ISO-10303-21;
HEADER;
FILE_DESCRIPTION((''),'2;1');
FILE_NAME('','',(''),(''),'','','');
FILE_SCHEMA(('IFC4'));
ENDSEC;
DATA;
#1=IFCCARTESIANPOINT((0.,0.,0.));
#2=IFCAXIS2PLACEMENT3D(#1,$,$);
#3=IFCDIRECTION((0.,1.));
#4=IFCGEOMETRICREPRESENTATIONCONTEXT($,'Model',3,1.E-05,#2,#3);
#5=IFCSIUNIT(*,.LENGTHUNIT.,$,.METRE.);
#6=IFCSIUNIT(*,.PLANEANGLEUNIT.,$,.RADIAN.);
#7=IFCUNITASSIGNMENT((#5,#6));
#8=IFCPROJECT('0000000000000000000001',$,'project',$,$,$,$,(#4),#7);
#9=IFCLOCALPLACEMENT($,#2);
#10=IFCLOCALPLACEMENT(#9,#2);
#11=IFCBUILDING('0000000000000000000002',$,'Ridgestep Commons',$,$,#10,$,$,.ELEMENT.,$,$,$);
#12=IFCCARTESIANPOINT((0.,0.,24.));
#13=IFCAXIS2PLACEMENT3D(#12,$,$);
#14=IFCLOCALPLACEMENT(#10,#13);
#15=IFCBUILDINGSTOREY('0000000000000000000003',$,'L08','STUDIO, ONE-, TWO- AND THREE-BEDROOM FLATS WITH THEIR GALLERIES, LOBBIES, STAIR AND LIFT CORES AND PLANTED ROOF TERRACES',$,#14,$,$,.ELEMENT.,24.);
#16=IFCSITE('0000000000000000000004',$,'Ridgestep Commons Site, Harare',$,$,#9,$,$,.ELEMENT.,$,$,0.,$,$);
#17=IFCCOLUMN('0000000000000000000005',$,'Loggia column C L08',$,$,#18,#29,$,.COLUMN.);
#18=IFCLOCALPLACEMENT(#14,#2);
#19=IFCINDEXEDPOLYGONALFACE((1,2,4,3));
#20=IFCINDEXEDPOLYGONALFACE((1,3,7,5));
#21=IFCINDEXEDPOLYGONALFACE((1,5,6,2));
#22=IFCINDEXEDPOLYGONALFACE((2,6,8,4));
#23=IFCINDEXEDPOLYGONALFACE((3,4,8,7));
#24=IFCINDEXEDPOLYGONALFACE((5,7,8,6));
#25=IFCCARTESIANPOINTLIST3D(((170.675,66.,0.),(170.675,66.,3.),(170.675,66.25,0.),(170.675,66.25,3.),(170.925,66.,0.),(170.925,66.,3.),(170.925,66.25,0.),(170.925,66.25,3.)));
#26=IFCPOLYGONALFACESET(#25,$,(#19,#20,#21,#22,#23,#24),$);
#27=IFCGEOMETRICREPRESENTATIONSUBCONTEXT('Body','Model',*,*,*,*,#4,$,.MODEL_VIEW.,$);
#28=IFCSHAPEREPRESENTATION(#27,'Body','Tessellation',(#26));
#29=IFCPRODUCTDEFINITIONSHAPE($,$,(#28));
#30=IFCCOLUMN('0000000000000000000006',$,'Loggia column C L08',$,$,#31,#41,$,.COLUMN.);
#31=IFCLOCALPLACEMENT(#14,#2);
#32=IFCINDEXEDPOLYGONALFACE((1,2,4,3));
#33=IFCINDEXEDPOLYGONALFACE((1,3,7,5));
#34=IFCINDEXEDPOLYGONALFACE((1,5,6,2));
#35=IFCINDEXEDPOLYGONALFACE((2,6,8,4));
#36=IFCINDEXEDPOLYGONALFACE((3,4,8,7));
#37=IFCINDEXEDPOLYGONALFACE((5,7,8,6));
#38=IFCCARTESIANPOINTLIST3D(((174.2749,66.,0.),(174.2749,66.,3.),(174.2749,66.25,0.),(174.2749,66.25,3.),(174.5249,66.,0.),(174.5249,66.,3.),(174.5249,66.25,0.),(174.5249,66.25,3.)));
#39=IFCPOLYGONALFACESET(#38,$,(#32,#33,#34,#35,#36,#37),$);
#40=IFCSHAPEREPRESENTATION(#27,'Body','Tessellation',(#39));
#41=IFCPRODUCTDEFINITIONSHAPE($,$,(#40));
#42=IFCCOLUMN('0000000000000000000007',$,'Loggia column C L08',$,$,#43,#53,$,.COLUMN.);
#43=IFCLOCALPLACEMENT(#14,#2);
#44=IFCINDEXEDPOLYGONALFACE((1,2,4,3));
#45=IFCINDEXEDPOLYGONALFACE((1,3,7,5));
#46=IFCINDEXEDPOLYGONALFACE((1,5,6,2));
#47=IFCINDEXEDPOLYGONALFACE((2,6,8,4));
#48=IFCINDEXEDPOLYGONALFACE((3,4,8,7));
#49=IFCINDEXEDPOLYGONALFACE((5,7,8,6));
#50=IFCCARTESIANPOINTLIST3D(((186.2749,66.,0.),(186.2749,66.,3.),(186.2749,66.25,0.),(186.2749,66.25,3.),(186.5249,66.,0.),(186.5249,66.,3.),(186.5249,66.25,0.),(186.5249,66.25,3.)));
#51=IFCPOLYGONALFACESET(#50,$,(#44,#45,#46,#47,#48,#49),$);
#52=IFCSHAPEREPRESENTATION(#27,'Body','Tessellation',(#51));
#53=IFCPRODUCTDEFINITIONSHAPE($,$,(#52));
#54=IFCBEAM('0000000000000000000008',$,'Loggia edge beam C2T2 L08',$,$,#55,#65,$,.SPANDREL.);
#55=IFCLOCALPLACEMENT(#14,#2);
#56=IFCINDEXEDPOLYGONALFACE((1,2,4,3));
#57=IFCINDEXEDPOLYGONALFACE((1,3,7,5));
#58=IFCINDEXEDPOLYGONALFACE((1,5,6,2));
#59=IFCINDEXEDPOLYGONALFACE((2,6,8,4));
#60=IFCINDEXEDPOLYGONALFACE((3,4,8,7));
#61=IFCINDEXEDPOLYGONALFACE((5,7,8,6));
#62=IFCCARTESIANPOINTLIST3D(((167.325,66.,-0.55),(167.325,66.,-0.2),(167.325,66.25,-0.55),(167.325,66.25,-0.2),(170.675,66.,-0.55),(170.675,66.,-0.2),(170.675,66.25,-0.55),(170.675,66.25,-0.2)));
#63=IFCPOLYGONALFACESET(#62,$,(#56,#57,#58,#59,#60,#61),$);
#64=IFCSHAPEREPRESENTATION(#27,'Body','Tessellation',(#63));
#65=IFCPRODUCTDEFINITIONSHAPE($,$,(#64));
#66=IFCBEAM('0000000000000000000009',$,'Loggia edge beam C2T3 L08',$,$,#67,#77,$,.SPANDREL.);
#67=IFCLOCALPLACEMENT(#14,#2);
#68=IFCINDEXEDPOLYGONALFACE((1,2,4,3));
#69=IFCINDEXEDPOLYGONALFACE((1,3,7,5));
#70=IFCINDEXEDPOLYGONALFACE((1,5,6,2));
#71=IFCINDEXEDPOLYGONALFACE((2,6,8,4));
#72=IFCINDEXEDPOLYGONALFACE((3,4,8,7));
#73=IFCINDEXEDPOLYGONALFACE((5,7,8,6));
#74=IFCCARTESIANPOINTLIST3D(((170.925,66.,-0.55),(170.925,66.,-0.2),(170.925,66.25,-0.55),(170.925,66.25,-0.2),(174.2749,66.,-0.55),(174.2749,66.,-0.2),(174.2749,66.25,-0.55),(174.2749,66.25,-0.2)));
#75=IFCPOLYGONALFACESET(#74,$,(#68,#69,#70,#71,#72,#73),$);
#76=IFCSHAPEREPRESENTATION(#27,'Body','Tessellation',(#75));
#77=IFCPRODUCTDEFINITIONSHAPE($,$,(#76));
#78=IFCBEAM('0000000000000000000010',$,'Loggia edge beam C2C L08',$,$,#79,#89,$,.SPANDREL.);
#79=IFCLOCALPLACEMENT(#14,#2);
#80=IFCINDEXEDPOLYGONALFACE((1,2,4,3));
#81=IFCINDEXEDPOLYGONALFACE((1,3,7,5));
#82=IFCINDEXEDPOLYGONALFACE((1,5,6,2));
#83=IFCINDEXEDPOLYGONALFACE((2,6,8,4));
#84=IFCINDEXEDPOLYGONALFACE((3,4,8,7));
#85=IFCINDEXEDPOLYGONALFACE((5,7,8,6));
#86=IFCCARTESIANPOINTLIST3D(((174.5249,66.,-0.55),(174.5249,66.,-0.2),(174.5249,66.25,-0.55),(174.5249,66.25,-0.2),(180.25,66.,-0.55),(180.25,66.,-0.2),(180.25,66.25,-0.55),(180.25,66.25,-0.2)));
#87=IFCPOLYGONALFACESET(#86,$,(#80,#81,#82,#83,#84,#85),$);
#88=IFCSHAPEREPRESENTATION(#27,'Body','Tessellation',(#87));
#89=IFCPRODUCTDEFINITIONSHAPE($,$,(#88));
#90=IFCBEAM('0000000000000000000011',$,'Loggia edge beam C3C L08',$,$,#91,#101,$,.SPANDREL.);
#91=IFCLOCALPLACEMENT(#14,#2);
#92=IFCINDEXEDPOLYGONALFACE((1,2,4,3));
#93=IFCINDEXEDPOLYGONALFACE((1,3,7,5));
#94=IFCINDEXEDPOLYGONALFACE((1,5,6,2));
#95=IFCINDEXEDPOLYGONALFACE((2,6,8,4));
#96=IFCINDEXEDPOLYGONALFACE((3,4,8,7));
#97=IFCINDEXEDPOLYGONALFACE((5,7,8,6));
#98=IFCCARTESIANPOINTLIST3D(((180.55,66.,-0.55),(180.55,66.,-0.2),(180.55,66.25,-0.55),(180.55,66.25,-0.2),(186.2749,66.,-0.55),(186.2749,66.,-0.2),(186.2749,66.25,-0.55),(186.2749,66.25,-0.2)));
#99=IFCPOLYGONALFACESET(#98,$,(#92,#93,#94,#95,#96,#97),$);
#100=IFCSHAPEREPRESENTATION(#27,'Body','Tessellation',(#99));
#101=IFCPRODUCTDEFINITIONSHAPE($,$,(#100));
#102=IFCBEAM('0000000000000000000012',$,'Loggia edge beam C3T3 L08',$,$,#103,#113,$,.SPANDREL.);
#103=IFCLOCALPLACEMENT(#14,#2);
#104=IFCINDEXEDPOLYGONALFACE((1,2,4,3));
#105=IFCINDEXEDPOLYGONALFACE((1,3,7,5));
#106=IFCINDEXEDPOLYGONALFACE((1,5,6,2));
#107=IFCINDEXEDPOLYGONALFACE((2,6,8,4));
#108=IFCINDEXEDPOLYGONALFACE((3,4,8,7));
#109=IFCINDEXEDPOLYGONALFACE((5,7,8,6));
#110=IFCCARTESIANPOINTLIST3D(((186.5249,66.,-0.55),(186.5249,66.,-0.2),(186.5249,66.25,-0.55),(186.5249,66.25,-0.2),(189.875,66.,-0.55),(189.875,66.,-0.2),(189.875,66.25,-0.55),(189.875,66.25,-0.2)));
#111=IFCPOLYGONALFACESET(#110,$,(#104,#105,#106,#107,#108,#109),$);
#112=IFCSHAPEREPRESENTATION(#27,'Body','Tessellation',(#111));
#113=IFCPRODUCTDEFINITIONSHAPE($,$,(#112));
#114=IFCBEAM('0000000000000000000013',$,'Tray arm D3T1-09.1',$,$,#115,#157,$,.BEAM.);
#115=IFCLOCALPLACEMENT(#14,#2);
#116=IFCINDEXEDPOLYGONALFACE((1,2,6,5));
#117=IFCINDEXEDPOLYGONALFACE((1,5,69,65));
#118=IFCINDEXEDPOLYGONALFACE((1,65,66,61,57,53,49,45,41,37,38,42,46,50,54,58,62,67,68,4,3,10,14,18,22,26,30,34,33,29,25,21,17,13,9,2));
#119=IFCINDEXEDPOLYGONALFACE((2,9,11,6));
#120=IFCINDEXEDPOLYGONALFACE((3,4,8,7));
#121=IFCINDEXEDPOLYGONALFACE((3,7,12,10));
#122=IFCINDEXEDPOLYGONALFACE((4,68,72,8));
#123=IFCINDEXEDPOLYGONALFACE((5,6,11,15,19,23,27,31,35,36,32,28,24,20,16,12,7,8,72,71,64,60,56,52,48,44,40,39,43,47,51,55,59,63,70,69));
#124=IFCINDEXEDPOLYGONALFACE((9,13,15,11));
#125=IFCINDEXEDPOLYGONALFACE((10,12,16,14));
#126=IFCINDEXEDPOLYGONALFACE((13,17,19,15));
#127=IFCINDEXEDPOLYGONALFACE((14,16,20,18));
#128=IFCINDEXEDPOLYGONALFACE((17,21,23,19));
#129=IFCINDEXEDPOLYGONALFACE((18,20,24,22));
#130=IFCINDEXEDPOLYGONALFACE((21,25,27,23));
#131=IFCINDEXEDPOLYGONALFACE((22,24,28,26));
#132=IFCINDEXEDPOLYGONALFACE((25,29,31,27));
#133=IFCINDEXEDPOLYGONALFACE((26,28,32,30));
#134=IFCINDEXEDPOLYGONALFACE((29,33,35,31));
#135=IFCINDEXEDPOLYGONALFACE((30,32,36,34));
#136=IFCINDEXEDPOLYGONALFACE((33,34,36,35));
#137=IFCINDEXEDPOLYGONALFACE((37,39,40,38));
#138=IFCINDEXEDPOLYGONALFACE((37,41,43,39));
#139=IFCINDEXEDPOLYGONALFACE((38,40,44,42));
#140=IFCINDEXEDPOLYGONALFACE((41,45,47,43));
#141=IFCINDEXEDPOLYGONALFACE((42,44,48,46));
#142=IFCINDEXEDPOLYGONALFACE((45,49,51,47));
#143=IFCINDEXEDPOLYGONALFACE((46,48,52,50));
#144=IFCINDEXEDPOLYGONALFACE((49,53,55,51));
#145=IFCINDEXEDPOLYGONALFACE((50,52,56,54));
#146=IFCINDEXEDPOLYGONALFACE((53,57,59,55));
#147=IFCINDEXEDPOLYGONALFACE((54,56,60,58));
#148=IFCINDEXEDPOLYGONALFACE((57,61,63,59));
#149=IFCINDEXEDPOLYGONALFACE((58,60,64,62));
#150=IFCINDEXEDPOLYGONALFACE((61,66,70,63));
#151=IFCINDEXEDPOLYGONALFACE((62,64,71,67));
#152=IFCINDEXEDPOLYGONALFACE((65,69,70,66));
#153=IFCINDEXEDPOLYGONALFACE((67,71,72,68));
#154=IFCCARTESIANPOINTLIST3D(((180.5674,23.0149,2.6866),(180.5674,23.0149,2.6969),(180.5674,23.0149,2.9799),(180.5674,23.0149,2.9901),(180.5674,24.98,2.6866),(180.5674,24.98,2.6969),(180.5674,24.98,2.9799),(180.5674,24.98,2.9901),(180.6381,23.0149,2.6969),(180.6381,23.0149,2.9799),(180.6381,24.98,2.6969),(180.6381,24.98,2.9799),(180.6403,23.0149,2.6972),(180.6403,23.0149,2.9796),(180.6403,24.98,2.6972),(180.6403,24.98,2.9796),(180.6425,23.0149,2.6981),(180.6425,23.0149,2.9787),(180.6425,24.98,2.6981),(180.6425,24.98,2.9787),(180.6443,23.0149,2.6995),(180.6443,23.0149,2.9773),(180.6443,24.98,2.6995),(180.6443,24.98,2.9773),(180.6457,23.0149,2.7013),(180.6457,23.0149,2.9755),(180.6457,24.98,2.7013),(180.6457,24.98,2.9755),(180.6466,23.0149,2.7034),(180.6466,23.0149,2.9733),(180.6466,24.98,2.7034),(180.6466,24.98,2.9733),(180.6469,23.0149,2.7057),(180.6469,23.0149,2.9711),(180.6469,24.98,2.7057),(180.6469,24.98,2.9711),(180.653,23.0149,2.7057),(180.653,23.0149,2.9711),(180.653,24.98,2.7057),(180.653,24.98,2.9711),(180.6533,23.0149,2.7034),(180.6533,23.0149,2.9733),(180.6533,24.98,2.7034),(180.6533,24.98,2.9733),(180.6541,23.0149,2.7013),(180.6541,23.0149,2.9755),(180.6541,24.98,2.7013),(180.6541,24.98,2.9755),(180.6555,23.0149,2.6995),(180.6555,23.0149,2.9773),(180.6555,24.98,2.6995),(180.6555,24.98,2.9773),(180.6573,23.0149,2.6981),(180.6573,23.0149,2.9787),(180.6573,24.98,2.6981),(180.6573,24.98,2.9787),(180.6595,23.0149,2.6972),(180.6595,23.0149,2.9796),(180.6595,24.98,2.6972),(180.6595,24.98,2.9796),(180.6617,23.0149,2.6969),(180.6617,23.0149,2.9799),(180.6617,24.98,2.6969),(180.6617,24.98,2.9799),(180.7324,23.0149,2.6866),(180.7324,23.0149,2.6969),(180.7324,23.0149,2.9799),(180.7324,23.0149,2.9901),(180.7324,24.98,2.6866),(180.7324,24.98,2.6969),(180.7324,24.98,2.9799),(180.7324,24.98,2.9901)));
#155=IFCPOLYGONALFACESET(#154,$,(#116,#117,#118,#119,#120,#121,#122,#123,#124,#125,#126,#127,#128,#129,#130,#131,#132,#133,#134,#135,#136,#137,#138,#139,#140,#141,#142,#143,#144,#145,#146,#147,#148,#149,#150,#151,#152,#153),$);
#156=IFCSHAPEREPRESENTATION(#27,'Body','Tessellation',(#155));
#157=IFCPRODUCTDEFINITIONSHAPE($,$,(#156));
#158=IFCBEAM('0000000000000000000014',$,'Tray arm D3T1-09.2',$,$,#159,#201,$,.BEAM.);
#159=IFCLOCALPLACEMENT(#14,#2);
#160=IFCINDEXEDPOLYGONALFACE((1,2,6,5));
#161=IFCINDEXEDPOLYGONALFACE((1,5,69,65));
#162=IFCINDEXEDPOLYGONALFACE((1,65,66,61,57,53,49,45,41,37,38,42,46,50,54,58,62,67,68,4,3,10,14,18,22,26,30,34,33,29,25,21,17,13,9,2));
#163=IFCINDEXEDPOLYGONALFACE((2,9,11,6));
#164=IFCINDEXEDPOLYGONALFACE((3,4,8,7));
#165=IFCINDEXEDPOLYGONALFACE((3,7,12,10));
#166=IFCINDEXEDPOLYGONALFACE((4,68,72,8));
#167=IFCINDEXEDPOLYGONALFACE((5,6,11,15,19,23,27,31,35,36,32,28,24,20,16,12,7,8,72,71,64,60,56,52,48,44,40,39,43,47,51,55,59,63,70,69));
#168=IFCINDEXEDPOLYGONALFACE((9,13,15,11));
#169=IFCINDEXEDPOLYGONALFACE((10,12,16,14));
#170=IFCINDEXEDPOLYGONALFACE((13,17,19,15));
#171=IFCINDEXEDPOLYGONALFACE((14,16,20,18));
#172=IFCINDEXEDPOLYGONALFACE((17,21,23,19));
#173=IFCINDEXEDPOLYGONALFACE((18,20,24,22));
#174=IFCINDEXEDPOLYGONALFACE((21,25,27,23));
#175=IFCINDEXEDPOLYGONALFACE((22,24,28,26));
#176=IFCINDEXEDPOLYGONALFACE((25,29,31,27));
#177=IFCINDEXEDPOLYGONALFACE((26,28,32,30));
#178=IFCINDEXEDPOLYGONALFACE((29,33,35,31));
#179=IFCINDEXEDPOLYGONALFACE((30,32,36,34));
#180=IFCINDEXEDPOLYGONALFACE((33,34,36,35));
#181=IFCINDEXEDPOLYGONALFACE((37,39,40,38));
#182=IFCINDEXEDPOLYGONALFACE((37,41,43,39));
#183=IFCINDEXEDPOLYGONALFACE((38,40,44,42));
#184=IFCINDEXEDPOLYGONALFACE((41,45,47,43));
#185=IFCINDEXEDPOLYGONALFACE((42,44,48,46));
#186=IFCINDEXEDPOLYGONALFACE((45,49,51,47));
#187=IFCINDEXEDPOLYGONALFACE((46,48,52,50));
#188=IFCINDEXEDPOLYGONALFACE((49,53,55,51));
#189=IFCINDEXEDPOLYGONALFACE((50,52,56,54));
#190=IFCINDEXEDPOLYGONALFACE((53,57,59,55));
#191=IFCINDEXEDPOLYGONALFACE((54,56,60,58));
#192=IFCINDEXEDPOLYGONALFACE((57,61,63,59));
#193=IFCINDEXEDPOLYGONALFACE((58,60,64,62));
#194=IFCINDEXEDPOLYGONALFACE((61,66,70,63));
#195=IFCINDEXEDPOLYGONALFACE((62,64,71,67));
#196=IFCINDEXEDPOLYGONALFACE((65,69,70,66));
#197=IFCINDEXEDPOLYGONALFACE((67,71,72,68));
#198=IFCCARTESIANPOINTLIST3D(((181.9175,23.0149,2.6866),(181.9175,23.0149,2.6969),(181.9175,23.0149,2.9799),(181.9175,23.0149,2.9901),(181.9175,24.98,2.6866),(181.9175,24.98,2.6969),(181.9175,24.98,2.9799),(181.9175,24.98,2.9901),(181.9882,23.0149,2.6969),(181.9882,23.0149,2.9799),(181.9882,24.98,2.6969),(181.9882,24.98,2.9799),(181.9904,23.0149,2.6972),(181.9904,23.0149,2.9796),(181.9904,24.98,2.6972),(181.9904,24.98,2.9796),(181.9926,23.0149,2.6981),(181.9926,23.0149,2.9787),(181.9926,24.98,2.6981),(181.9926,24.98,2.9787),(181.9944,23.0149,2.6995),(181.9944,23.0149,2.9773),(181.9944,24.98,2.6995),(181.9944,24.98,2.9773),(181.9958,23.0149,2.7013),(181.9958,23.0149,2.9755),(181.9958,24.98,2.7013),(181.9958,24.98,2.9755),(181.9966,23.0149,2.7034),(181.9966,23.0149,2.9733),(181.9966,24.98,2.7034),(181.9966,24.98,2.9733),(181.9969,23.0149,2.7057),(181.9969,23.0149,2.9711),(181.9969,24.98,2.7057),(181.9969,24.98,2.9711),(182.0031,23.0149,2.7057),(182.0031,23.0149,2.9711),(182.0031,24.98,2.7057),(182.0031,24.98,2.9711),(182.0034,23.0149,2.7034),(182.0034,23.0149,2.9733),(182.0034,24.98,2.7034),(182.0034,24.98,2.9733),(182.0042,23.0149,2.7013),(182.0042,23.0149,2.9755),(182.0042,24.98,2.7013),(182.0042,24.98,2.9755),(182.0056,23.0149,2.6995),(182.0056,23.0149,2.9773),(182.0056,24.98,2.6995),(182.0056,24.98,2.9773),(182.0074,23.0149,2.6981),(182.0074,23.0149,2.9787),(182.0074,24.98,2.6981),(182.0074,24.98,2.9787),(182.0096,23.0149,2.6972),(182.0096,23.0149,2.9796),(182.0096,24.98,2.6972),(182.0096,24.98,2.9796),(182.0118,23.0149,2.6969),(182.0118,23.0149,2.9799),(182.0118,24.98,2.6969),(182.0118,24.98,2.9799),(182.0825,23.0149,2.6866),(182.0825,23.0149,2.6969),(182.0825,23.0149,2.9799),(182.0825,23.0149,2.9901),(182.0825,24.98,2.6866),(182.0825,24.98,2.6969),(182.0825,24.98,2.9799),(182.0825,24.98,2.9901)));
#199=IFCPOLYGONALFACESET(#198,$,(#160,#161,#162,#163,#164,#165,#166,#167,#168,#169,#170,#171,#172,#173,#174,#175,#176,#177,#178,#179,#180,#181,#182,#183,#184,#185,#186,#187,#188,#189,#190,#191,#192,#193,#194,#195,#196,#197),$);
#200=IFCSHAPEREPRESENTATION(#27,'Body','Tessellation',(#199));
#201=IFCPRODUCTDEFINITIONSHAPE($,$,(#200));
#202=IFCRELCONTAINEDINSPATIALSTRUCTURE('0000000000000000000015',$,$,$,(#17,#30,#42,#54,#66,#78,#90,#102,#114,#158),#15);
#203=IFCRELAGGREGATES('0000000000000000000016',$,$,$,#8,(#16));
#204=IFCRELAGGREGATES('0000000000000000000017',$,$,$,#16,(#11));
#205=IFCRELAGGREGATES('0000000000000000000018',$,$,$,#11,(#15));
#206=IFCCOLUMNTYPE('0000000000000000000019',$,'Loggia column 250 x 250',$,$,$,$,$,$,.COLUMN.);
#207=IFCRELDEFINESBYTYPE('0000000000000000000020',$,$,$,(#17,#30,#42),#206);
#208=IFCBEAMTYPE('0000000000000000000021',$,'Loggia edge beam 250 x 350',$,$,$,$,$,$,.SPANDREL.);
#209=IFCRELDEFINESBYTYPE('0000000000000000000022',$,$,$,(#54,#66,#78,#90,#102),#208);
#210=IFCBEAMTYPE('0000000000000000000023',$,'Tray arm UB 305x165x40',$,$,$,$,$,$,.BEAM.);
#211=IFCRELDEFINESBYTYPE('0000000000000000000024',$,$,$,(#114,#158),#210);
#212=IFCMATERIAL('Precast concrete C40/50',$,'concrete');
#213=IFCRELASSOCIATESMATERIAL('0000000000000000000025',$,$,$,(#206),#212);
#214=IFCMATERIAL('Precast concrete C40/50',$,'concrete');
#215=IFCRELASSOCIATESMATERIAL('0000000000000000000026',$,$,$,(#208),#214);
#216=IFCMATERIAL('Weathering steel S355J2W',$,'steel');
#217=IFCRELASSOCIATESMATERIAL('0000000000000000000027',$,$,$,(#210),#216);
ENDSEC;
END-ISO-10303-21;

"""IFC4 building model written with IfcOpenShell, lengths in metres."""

from ifc_helpers import new_model, si_unit, direction, frame, origin, origin_2d, place, context, subcontext, project, spatial, rectangle, i_section, extrude, material, material_profile, profile_set, type_object, element, save


model = new_model("IFC4")

# Units and contexts
model_context = context("Model", 3, precision=1e-05, world=origin(), true_north=direction((0.0, 1.0)))
body_context = subcontext(model_context, "Body", "Model", "MODEL_VIEW")
ifc_project = project(units=[si_unit("LENGTHUNIT", "METRE"), si_unit("PLANEANGLEUNIT", "RADIAN")], contexts=[model_context])

# Site, building, storey
site_placement = place(None, origin())
site = spatial("IfcSite", under=ifc_project, at=site_placement, Name="Ridgestep Commons Site, Harare", CompositionType="ELEMENT", RefElevation=0.0)
building_placement = place(site_placement, origin())
building = spatial("IfcBuilding", under=site, at=building_placement, Name="Ridgestep Commons", CompositionType="ELEMENT")
storey_placement = place(building_placement, frame((0.0, 0.0, 24.0)))
storey = spatial("IfcBuildingStorey", under=building, at=storey_placement, Name="L08", Description="STUDIO, ONE-, TWO- AND THREE-BEDROOM FLATS WITH THEIR GALLERIES, LOBBIES, STAIR AND LIFT CORES AND PLANTED ROOF TERRACES", CompositionType="ELEMENT", Elevation=24.0)

# Columns
ifc_material_1 = material(Name="Precast concrete C40/50", Category="concrete")
ifc_material_profile_1 = material_profile(ifc_material_1, rectangle(XDim=0.25, YDim=0.25, at=origin_2d()), Name="PC 250x250")
ifc_profile_set_1 = profile_set([ifc_material_profile_1], Name="Precast concrete C40/50")
column_type = type_object("IfcColumnType", Name="Loggia column 250 x 250", PredefinedType="COLUMN", material=ifc_profile_set_1)
for number, where, z_axis, x_axis, name in (
    (1, (170.8, 66.125, 0.0), (0.0, 0.0, 1.0), (1.0, 0.0, 0.0), "Loggia column C L08"),
    (2, (174.3999, 66.125, 0.0), (0.0, 0.0, 1.0), (1.0, 0.0, 0.0), "Loggia column C L08"),
    (3, (186.3999, 66.125, 0.0), (0.0, 0.0, 1.0), (1.0, 0.0, 0.0), "Loggia column C L08"),
):
    element("IfcColumn", number, at=place(storey_placement, frame(where, z_axis=z_axis, x_axis=x_axis)), inside=storey, type_object=column_type, Name=name, PredefinedType="COLUMN", context=body_context, shape_type="SweptSolid", body=[
        extrude(rectangle(XDim=0.25, YDim=0.25, at=origin_2d()), origin(), (0.0, 0.0, 1.0), 3.0),
    ])

# Beams
ifc_material_2 = material(Name="Precast concrete C40/50", Category="concrete")
ifc_material_profile_2 = material_profile(ifc_material_2, rectangle(XDim=0.25, YDim=0.3501, at=origin_2d()), Name="PC 250x350")
ifc_profile_set_2 = profile_set([ifc_material_profile_2], Name="Precast concrete C40/50")
beam_type_1 = type_object("IfcBeamType", Name="Loggia edge beam 250 x 350", PredefinedType="SPANDREL", material=ifc_profile_set_2)
beam_1_placement = place(storey_placement, frame((167.325, 66.125, -0.375), z_axis=(1.0, 0.0, 0.0), x_axis=(0.0, 1.0, 0.0)))
element("IfcBeam", 4, at=beam_1_placement, inside=storey, type_object=beam_type_1, Name="Loggia edge beam C2T2 L08", PredefinedType="SPANDREL", context=body_context, shape_type="SweptSolid", body=[
    extrude(rectangle(XDim=0.25, YDim=0.3501, at=origin_2d()), origin(), (0.0, 0.0, 1.0), 3.3501),
])
beam_2_placement = place(storey_placement, frame((170.925, 66.125, -0.375), z_axis=(1.0, 0.0, 0.0), x_axis=(0.0, 1.0, 0.0)))
element("IfcBeam", 5, at=beam_2_placement, inside=storey, type_object=beam_type_1, Name="Loggia edge beam C2T3 L08", PredefinedType="SPANDREL", context=body_context, shape_type="SweptSolid", body=[
    extrude(rectangle(XDim=0.25, YDim=0.3501, at=origin_2d()), origin(), (0.0, 0.0, 1.0), 3.3499),
])
beam_3_placement = place(storey_placement, frame((174.5249, 66.125, -0.375), z_axis=(1.0, 0.0, 0.0), x_axis=(0.0, 1.0, 0.0)))
element("IfcBeam", 6, at=beam_3_placement, inside=storey, type_object=beam_type_1, Name="Loggia edge beam C2C L08", PredefinedType="SPANDREL", context=body_context, shape_type="SweptSolid", body=[
    extrude(rectangle(XDim=0.25, YDim=0.3501, at=origin_2d()), origin(), (0.0, 0.0, 1.0), 5.7251),
])
beam_4_placement = place(storey_placement, frame((180.55, 66.125, -0.375), z_axis=(1.0, 0.0, 0.0), x_axis=(0.0, 1.0, 0.0)))
element("IfcBeam", 7, at=beam_4_placement, inside=storey, type_object=beam_type_1, Name="Loggia edge beam C3C L08", PredefinedType="SPANDREL", context=body_context, shape_type="SweptSolid", body=[
    extrude(rectangle(XDim=0.25, YDim=0.3501, at=origin_2d()), origin(), (0.0, 0.0, 1.0), 5.7249),
])
beam_5_placement = place(storey_placement, frame((186.5249, 66.125, -0.375), z_axis=(1.0, 0.0, 0.0), x_axis=(0.0, 1.0, 0.0)))
element("IfcBeam", 8, at=beam_5_placement, inside=storey, type_object=beam_type_1, Name="Loggia edge beam C3T3 L08", PredefinedType="SPANDREL", context=body_context, shape_type="SweptSolid", body=[
    extrude(rectangle(XDim=0.25, YDim=0.3501, at=origin_2d()), origin(), (0.0, 0.0, 1.0), 3.3501),
])
ifc_material_3 = material(Name="Weathering steel S355J2W", Category="steel")
ifc_material_profile_3 = material_profile(ifc_material_3, i_section(OverallWidth=0.165, OverallDepth=0.3035, WebThickness=0.0061, FlangeThickness=0.0103, FilletRadius=0.0088, at=origin_2d()), Name="UB 305x165x40")
ifc_profile_set_3 = profile_set([ifc_material_profile_3], Name="Weathering steel S355J2W")
beam_type_2 = type_object("IfcBeamType", Name="Tray arm UB 305x165x40", PredefinedType="BEAM", material=ifc_profile_set_3)
for number, where, z_axis, x_axis, name in (
    (9, (180.6499, 23.0149, 2.8384), (0.0, 1.0, 0.0), (-1.0, 0.0, 0.0), "Tray arm D3T1-09.1"),
    (10, (182.0, 23.0149, 2.8384), (0.0, 1.0, 0.0), (-1.0, 0.0, 0.0), "Tray arm D3T1-09.2"),
):
    element("IfcBeam", number, at=place(storey_placement, frame(where, z_axis=z_axis, x_axis=x_axis)), inside=storey, type_object=beam_type_2, Name=name, PredefinedType="BEAM", context=body_context, shape_type="SweptSolid", body=[
        extrude(i_section(OverallWidth=0.165, OverallDepth=0.3035, WebThickness=0.0061, FlangeThickness=0.0103, FilletRadius=0.0088, at=origin_2d()), origin(), (0.0, 0.0, 1.0), 1.9651),
    ])

save(model, "model.ifc")
